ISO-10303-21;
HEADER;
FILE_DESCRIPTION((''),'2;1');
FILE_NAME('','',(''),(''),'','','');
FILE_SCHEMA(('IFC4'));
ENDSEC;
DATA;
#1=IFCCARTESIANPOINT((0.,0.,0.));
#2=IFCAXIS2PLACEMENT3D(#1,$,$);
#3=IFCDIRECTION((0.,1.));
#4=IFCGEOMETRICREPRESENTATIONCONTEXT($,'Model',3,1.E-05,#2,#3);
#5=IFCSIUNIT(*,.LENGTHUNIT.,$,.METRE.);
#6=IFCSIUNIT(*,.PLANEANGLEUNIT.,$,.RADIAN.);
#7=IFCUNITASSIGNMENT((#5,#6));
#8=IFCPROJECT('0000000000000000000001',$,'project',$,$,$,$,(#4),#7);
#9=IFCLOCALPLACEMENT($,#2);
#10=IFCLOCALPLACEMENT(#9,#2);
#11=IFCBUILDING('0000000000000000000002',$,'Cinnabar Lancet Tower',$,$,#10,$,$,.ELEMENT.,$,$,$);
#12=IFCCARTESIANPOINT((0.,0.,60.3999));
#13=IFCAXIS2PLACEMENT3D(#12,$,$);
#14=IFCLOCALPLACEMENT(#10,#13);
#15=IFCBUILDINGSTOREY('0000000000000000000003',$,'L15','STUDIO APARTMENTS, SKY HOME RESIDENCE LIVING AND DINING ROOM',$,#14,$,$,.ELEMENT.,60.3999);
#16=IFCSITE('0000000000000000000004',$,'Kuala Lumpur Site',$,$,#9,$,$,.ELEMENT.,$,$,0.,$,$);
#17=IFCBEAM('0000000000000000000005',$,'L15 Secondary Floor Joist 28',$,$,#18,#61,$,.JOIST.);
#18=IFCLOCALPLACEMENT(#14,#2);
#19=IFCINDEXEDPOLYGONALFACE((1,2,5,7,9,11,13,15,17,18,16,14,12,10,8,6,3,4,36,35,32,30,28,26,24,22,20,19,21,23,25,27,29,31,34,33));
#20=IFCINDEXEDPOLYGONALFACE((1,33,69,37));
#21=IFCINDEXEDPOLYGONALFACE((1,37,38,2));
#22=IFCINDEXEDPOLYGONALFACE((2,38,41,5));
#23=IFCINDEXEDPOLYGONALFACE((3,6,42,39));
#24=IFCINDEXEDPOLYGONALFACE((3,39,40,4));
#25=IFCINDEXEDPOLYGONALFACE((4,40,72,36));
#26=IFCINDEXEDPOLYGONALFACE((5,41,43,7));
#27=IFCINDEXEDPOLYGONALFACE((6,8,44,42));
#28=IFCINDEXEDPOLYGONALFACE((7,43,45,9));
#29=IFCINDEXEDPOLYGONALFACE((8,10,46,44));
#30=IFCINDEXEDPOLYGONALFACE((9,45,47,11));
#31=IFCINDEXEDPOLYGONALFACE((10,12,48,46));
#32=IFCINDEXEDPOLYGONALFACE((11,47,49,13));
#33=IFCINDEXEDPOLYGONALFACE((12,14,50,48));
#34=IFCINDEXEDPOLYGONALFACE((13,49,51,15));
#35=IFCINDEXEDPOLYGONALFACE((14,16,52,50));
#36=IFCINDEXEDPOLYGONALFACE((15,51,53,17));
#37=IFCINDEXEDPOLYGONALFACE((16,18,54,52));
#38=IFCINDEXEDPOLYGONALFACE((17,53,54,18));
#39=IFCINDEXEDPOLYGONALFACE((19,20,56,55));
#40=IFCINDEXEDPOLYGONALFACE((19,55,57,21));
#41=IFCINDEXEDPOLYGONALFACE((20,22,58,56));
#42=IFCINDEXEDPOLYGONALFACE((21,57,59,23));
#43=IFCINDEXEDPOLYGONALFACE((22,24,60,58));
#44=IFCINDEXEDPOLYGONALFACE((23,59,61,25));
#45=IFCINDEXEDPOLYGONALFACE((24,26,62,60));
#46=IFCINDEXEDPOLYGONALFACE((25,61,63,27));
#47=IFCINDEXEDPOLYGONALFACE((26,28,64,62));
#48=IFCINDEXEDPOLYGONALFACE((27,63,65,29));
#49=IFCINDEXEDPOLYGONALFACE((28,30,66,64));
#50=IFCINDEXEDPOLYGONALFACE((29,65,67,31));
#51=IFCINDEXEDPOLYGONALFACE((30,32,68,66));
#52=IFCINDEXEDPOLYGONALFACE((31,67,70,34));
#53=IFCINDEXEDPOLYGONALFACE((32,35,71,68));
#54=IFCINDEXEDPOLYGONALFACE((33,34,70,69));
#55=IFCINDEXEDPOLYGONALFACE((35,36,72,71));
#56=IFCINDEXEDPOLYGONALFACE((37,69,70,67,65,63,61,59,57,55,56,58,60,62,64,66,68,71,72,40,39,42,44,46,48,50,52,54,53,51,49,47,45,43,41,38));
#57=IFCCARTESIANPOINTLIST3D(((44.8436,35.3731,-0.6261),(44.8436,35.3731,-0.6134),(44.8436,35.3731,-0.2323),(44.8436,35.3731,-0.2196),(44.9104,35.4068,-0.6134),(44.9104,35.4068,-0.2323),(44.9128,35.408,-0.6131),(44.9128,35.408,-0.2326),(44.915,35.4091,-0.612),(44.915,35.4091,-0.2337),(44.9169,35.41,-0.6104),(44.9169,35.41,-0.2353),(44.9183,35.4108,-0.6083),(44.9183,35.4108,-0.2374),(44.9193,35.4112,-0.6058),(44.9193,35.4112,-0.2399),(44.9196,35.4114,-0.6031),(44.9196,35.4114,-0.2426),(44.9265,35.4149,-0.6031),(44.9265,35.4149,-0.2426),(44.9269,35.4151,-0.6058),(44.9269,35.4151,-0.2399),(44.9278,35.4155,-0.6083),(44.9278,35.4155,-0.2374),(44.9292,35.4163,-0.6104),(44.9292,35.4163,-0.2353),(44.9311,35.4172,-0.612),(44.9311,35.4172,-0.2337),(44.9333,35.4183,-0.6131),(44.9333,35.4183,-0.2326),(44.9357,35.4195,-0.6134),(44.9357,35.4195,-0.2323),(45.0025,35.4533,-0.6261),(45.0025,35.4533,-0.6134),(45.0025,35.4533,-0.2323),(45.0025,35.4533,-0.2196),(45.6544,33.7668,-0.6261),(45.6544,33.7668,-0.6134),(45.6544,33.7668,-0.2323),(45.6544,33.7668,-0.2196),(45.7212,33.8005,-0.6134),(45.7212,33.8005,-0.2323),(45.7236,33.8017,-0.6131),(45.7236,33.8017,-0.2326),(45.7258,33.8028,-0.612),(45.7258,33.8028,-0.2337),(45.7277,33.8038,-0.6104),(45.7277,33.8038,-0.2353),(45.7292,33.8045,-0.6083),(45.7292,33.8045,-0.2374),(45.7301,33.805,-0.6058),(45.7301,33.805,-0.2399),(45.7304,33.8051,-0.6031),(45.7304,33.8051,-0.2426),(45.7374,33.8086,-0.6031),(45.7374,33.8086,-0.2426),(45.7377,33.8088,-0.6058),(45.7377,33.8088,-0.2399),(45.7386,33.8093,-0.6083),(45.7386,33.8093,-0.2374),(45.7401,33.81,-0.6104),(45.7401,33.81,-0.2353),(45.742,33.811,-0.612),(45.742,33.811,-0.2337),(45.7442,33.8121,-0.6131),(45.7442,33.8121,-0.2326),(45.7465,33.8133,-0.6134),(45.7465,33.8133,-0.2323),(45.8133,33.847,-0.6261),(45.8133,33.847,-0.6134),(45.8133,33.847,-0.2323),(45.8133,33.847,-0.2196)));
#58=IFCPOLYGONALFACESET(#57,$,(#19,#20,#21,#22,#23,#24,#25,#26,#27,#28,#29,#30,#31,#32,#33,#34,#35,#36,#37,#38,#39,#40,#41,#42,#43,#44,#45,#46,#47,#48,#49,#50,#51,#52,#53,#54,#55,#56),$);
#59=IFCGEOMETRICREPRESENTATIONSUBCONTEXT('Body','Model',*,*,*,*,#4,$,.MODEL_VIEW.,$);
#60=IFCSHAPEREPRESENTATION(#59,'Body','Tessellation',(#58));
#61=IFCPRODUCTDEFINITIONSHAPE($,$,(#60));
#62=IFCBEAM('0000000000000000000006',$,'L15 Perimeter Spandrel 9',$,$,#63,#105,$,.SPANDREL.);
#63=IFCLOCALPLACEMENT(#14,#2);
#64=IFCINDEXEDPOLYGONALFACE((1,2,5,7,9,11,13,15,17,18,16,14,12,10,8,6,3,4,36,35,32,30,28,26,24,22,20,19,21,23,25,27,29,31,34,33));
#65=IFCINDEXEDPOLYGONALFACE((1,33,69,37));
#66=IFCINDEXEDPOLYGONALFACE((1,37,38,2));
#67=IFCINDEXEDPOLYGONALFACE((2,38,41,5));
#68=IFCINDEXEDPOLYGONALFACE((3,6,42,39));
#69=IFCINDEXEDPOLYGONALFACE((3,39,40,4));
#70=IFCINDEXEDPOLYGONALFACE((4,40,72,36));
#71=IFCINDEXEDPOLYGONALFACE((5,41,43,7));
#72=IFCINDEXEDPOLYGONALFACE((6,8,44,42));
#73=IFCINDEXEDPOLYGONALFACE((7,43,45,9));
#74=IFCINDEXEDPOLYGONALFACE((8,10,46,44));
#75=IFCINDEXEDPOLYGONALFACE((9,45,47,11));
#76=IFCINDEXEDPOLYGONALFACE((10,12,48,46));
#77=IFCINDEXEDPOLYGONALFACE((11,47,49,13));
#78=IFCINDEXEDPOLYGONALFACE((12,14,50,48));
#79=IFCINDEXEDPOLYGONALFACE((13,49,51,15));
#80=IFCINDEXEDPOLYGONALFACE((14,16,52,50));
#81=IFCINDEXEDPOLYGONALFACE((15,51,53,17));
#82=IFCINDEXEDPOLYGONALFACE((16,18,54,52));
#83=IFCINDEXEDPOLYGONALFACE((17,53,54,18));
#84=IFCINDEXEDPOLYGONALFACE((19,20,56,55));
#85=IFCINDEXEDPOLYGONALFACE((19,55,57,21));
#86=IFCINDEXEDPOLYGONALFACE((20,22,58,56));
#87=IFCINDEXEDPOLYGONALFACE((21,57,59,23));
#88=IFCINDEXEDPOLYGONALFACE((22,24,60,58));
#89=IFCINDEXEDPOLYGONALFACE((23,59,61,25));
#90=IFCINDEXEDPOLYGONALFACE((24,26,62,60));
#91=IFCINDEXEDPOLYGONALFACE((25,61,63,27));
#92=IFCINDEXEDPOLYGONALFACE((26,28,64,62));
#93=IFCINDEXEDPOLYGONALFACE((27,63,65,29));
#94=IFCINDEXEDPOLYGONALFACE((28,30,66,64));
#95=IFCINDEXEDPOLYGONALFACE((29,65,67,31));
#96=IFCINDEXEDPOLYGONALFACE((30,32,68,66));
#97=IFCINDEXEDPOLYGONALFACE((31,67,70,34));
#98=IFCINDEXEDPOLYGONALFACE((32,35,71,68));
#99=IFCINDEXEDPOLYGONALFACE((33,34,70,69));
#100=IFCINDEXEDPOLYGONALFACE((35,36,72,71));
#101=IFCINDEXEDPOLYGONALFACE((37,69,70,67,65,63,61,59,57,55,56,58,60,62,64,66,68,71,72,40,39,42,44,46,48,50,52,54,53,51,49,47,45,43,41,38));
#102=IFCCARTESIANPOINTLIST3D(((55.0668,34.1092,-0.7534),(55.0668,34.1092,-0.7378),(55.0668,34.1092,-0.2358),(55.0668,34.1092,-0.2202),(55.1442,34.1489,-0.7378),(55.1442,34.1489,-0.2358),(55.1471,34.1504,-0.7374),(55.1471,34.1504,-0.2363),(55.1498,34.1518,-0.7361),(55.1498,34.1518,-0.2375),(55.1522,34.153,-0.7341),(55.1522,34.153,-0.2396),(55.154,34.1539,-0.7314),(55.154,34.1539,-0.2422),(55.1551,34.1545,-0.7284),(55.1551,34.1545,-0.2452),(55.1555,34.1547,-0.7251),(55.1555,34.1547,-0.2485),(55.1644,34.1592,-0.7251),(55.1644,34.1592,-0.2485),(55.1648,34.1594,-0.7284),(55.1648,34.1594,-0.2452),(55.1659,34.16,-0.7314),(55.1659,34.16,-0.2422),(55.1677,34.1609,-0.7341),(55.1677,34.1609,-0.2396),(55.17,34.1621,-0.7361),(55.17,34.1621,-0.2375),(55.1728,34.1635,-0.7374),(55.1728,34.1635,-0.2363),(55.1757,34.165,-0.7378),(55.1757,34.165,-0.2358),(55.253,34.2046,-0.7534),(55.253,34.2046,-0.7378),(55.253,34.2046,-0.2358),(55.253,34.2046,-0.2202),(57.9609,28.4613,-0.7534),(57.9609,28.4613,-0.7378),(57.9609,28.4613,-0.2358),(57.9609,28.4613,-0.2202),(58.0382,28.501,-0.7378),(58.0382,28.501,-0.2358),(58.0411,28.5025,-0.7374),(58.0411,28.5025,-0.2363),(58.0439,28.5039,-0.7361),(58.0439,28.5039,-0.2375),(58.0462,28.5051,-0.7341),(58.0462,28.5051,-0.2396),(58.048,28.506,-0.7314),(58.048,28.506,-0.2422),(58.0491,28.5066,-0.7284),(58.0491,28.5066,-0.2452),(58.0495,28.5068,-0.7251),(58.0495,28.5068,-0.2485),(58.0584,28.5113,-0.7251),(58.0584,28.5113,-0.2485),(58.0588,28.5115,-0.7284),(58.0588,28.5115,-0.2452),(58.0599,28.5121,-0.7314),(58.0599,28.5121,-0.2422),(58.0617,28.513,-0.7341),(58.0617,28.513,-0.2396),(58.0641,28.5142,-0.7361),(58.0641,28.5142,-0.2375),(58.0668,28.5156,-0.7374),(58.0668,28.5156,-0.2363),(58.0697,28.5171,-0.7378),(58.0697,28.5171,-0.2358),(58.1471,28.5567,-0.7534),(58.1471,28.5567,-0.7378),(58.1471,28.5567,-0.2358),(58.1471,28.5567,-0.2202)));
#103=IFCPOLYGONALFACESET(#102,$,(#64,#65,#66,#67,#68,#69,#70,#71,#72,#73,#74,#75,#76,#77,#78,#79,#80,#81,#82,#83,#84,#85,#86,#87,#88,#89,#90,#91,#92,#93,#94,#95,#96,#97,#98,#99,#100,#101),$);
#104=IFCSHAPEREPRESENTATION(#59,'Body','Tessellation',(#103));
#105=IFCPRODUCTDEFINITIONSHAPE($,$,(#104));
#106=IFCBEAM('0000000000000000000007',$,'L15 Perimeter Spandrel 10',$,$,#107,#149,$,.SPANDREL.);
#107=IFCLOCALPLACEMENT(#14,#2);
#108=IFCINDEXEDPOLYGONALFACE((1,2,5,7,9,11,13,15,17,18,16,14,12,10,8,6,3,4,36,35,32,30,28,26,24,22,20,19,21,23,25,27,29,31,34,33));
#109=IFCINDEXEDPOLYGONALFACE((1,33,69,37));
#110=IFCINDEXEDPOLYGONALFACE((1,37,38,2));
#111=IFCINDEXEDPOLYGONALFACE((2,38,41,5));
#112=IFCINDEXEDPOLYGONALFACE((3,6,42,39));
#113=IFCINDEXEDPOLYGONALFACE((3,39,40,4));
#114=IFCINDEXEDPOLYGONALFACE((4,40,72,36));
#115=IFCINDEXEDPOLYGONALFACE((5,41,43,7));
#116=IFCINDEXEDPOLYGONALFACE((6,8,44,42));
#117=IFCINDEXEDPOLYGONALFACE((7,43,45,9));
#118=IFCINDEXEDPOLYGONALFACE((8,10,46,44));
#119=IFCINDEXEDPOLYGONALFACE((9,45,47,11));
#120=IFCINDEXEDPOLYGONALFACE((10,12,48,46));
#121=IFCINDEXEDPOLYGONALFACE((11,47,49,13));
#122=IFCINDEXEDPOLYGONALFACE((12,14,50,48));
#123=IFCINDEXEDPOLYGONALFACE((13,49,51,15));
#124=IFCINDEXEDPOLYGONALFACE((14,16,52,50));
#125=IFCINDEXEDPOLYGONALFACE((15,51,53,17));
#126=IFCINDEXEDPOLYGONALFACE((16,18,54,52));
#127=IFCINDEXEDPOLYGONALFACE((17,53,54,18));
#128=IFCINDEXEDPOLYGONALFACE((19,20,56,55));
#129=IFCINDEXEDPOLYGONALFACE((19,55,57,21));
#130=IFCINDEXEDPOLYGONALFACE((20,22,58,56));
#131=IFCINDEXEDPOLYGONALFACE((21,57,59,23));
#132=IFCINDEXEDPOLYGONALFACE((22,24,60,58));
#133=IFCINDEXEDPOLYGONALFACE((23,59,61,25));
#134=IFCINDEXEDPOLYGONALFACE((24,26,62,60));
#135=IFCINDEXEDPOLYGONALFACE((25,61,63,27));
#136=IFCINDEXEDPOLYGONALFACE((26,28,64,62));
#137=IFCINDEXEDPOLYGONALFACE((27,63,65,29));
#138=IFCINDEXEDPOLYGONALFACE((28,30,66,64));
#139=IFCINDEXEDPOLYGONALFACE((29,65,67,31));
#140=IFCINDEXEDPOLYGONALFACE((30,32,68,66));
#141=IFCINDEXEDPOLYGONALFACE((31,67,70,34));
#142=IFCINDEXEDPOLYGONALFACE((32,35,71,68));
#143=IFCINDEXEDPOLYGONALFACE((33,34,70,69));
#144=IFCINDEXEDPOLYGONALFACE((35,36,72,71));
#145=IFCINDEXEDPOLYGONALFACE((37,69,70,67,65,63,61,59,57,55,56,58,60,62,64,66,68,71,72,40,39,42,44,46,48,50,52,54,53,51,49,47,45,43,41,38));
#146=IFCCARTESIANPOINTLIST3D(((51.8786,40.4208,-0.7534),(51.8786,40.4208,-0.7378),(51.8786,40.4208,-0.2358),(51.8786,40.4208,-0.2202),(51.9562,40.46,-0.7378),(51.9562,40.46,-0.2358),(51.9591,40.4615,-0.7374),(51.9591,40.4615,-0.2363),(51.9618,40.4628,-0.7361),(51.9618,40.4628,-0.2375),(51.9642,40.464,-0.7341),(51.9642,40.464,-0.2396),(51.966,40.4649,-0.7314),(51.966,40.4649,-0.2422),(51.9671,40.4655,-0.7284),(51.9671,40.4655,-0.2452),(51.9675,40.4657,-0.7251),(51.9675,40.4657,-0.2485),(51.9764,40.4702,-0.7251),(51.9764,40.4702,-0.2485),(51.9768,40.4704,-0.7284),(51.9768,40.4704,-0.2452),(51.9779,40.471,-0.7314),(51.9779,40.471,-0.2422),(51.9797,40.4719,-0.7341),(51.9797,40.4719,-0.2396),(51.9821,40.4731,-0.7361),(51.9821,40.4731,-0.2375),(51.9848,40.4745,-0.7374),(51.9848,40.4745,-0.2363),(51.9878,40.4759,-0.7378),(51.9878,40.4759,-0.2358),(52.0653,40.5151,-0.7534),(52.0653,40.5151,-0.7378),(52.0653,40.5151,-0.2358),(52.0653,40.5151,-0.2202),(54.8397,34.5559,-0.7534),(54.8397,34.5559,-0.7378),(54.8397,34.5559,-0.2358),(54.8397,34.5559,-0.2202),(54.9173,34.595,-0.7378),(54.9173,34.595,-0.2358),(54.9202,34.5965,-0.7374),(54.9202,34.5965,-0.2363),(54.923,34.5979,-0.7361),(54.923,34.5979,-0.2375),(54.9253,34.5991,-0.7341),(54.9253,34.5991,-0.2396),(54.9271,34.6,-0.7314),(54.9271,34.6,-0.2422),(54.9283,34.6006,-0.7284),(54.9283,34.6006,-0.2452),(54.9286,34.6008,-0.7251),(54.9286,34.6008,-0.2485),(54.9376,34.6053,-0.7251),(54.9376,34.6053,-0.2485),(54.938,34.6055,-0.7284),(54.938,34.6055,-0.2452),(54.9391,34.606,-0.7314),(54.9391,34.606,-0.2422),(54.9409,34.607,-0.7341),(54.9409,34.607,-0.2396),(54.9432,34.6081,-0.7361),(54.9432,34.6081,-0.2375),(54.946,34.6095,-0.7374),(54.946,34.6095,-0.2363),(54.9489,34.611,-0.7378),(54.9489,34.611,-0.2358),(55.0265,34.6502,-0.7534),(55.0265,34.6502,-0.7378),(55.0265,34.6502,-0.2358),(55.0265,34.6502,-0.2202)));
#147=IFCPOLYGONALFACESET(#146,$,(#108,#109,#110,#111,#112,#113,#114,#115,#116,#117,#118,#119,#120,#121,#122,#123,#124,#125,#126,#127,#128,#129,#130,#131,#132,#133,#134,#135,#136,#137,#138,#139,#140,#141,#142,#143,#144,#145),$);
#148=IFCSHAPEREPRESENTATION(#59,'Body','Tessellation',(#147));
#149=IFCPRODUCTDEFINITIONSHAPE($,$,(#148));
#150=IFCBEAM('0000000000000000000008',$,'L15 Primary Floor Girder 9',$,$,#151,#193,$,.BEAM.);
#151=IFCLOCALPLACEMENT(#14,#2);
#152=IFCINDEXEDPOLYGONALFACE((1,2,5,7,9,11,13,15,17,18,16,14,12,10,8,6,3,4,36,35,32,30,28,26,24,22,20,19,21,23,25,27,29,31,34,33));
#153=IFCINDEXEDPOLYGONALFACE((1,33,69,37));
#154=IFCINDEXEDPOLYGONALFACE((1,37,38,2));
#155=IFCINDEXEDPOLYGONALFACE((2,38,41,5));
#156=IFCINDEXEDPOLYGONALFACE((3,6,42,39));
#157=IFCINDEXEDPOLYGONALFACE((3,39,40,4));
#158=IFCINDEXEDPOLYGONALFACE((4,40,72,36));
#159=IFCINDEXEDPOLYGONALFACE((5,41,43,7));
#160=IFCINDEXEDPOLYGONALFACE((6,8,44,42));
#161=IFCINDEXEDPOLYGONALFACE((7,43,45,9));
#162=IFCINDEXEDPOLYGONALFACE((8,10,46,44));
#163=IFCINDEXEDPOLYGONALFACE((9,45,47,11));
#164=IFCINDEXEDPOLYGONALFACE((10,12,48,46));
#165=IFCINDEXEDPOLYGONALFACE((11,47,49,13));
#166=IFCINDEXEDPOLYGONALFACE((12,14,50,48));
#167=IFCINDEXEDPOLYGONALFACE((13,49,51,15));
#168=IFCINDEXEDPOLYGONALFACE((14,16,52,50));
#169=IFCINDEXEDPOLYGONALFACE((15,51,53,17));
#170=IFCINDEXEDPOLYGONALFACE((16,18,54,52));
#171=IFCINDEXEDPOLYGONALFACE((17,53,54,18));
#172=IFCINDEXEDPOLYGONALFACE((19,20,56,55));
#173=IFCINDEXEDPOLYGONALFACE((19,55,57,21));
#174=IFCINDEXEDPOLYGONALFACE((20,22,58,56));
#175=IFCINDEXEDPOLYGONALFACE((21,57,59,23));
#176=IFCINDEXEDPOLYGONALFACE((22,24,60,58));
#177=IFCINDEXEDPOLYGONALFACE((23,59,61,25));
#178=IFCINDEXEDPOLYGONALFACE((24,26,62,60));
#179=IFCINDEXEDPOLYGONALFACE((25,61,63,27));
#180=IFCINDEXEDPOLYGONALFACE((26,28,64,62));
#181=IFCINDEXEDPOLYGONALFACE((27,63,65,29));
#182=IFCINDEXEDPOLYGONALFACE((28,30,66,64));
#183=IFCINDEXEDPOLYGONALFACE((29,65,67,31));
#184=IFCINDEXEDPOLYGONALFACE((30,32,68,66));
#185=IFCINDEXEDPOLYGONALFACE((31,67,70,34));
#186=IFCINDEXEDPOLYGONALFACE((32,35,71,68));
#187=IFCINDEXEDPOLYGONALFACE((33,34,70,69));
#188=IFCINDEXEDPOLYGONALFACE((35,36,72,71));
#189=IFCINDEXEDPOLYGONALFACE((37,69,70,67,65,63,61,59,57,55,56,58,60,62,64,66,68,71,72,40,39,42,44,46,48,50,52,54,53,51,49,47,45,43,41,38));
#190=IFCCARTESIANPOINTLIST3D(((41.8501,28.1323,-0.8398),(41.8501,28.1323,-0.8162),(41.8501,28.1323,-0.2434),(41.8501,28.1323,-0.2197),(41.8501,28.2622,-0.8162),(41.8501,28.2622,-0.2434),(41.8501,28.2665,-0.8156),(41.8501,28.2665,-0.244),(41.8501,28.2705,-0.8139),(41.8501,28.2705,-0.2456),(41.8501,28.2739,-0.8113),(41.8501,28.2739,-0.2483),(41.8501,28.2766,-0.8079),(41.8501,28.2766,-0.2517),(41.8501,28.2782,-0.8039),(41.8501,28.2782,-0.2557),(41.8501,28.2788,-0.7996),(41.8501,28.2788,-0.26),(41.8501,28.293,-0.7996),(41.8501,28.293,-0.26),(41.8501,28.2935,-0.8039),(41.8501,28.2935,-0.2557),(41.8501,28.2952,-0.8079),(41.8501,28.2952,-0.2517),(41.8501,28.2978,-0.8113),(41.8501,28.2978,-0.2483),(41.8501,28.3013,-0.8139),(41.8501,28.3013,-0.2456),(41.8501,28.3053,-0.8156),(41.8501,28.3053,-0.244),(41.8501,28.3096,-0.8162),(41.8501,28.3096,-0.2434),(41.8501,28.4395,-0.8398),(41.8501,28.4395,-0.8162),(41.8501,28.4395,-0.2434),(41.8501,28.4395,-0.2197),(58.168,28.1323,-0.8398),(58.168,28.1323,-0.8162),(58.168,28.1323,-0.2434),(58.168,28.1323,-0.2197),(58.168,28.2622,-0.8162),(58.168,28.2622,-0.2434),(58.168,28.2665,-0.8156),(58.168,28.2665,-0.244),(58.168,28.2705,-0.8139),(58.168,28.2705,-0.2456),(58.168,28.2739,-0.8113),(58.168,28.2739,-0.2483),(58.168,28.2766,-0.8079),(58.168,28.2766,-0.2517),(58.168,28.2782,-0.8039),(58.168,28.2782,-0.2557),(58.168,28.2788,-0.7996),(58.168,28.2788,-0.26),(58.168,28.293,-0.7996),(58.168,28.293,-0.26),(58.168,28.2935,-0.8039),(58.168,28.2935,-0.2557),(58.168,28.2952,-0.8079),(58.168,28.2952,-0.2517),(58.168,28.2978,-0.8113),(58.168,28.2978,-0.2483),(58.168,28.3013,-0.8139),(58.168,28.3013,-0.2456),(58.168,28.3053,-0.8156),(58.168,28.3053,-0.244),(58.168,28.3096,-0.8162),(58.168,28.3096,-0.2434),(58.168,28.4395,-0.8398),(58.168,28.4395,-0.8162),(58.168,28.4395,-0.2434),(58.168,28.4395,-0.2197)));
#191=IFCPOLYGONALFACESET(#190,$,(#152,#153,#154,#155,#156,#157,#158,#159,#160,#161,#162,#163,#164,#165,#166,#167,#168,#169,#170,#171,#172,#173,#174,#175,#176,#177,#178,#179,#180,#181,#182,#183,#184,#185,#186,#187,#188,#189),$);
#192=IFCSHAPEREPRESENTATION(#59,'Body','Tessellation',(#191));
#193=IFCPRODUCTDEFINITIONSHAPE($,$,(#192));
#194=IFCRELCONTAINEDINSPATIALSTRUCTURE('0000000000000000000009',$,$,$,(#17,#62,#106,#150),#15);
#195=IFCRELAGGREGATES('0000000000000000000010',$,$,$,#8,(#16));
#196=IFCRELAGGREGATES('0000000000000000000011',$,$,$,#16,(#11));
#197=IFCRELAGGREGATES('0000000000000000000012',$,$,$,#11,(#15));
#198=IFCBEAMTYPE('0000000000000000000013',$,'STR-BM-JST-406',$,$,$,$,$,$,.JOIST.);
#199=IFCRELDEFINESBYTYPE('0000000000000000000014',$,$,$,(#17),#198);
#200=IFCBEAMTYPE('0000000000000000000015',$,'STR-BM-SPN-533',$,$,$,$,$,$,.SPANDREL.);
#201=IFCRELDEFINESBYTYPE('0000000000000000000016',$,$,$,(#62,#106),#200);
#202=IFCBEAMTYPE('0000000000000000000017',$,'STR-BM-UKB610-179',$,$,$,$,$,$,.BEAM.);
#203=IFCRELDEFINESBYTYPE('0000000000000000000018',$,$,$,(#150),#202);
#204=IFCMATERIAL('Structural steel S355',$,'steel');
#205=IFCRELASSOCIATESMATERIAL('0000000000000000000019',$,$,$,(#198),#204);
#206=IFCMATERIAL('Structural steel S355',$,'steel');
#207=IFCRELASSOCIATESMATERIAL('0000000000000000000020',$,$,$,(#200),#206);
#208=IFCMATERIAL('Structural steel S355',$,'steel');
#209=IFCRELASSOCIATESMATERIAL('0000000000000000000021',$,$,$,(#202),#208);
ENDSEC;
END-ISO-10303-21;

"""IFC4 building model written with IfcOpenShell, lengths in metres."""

from ifc_helpers import new_model, si_unit, direction, frame, origin, origin_2d, place, context, subcontext, project, spatial, i_section, extrude, material, material_profile, profile_set, type_object, element, save


model = new_model("IFC4")

# Units and contexts
model_context = context("Model", 3, precision=1e-05, world=origin(), true_north=direction((0.0, 1.0)))
body_context = subcontext(model_context, "Body", "Model", "MODEL_VIEW")
ifc_project = project(units=[si_unit("LENGTHUNIT", "METRE"), si_unit("PLANEANGLEUNIT", "RADIAN")], contexts=[model_context])

# Site, building, storey
site_placement = place(None, origin())
site = spatial("IfcSite", under=ifc_project, at=site_placement, Name="Kuala Lumpur Site", CompositionType="ELEMENT", RefElevation=0.0)
building_placement = place(site_placement, origin())
building = spatial("IfcBuilding", under=site, at=building_placement, Name="Cinnabar Lancet Tower", CompositionType="ELEMENT")
storey_placement = place(building_placement, frame((0.0, 0.0, 60.3999)))
storey = spatial("IfcBuildingStorey", under=building, at=storey_placement, Name="L15", Description="STUDIO APARTMENTS, SKY HOME RESIDENCE LIVING AND DINING ROOM", CompositionType="ELEMENT", Elevation=60.3999)

# Beams
ifc_material_1 = material(Name="Structural steel S355", Category="steel")
ifc_material_profile_1 = material_profile(ifc_material_1, i_section(OverallWidth=0.178, OverallDepth=0.4065, WebThickness=0.0078, FlangeThickness=0.0127, FilletRadius=0.0103, at=origin_2d()), Name="UKB 406x178x60")
ifc_profile_set_1 = profile_set([ifc_material_profile_1], Name="Structural steel S355")
beam_type_1 = type_object("IfcBeamType", Name="STR-BM-JST-406", PredefinedType="JOIST", material=ifc_profile_set_1)
beam_1_placement = place(storey_placement, frame((45.7339, 33.8069, -0.4229), z_axis=(-0.45063, 0.892711, 0.0), x_axis=(-0.892711, -0.45063, 0.0)))
element("IfcBeam", 1, at=beam_1_placement, inside=storey, type_object=beam_type_1, Name="L15 Secondary Floor Joist 28", PredefinedType="JOIST", context=body_context, shape_type="SweptSolid", body=[
    extrude(i_section(OverallWidth=0.178, OverallDepth=0.4065, WebThickness=0.0078, FlangeThickness=0.0127, FilletRadius=0.0103, at=origin_2d()), origin(), (0.0, 0.0, 1.0), 1.7993),
])
ifc_material_2 = material(Name="Structural steel S355", Category="steel")
ifc_material_profile_2 = material_profile(ifc_material_2, i_section(OverallWidth=0.2092, OverallDepth=0.5332, WebThickness=0.01, FlangeThickness=0.0156, FilletRadius=0.0127, at=origin_2d()), Name="UKB 533x210x92")
ifc_profile_set_2 = profile_set([ifc_material_profile_2], Name="Structural steel S355")
beam_type_2 = type_object("IfcBeamType", Name="STR-BM-SPN-533", PredefinedType="SPANDREL", material=ifc_profile_set_2)
beam_2_placement = place(storey_placement, frame((58.054, 28.509, -0.4868), z_axis=(-0.456025, 0.889967, 0.0), x_axis=(-0.889967, -0.456025, 0.0)))
element("IfcBeam", 2, at=beam_2_placement, inside=storey, type_object=beam_type_2, Name="L15 Perimeter Spandrel 9", PredefinedType="SPANDREL", context=body_context, shape_type="SweptSolid", body=[
    extrude(i_section(OverallWidth=0.2092, OverallDepth=0.5332, WebThickness=0.01, FlangeThickness=0.0156, FilletRadius=0.0127, at=origin_2d()), origin(), (0.0, 0.0, 1.0), 6.3462),
])
beam_3_placement = place(storey_placement, frame((54.9331, 34.603, -0.4868), z_axis=(-0.450703, 0.892674, 0.0), x_axis=(-0.892674, -0.450703, 0.0)))
element("IfcBeam", 3, at=beam_3_placement, inside=storey, type_object=beam_type_2, Name="L15 Perimeter Spandrel 10", PredefinedType="SPANDREL", context=body_context, shape_type="SweptSolid", body=[
    extrude(i_section(OverallWidth=0.2092, OverallDepth=0.5332, WebThickness=0.01, FlangeThickness=0.0156, FilletRadius=0.0127, at=origin_2d()), origin(), (0.0, 0.0, 1.0), 6.5701),
])
ifc_material_3 = material(Name="Structural steel S355", Category="steel")
ifc_material_profile_3 = material_profile(ifc_material_3, i_section(OverallWidth=0.3071, OverallDepth=0.6201, WebThickness=0.0142, FlangeThickness=0.0237, FilletRadius=0.0166, at=origin_2d()), Name="UKB 610x305x179")
ifc_profile_set_3 = profile_set([ifc_material_profile_3], Name="Structural steel S355")
beam_type_3 = type_object("IfcBeamType", Name="STR-BM-UKB610-179", PredefinedType="BEAM", material=ifc_profile_set_3)
beam_4_placement = place(storey_placement, frame((58.168, 28.2859, -0.5298), z_axis=(-1.0, 0.0, 0.0), x_axis=(0.0, -1.0, 0.0)))
element("IfcBeam", 4, at=beam_4_placement, inside=storey, type_object=beam_type_3, Name="L15 Primary Floor Girder 9", PredefinedType="BEAM", context=body_context, shape_type="SweptSolid", body=[
    extrude(i_section(OverallWidth=0.3071, OverallDepth=0.6201, WebThickness=0.0142, FlangeThickness=0.0237, FilletRadius=0.0166, at=origin_2d()), origin(), (0.0, 0.0, 1.0), 16.3179),
])

save(model, "model.ifc")
